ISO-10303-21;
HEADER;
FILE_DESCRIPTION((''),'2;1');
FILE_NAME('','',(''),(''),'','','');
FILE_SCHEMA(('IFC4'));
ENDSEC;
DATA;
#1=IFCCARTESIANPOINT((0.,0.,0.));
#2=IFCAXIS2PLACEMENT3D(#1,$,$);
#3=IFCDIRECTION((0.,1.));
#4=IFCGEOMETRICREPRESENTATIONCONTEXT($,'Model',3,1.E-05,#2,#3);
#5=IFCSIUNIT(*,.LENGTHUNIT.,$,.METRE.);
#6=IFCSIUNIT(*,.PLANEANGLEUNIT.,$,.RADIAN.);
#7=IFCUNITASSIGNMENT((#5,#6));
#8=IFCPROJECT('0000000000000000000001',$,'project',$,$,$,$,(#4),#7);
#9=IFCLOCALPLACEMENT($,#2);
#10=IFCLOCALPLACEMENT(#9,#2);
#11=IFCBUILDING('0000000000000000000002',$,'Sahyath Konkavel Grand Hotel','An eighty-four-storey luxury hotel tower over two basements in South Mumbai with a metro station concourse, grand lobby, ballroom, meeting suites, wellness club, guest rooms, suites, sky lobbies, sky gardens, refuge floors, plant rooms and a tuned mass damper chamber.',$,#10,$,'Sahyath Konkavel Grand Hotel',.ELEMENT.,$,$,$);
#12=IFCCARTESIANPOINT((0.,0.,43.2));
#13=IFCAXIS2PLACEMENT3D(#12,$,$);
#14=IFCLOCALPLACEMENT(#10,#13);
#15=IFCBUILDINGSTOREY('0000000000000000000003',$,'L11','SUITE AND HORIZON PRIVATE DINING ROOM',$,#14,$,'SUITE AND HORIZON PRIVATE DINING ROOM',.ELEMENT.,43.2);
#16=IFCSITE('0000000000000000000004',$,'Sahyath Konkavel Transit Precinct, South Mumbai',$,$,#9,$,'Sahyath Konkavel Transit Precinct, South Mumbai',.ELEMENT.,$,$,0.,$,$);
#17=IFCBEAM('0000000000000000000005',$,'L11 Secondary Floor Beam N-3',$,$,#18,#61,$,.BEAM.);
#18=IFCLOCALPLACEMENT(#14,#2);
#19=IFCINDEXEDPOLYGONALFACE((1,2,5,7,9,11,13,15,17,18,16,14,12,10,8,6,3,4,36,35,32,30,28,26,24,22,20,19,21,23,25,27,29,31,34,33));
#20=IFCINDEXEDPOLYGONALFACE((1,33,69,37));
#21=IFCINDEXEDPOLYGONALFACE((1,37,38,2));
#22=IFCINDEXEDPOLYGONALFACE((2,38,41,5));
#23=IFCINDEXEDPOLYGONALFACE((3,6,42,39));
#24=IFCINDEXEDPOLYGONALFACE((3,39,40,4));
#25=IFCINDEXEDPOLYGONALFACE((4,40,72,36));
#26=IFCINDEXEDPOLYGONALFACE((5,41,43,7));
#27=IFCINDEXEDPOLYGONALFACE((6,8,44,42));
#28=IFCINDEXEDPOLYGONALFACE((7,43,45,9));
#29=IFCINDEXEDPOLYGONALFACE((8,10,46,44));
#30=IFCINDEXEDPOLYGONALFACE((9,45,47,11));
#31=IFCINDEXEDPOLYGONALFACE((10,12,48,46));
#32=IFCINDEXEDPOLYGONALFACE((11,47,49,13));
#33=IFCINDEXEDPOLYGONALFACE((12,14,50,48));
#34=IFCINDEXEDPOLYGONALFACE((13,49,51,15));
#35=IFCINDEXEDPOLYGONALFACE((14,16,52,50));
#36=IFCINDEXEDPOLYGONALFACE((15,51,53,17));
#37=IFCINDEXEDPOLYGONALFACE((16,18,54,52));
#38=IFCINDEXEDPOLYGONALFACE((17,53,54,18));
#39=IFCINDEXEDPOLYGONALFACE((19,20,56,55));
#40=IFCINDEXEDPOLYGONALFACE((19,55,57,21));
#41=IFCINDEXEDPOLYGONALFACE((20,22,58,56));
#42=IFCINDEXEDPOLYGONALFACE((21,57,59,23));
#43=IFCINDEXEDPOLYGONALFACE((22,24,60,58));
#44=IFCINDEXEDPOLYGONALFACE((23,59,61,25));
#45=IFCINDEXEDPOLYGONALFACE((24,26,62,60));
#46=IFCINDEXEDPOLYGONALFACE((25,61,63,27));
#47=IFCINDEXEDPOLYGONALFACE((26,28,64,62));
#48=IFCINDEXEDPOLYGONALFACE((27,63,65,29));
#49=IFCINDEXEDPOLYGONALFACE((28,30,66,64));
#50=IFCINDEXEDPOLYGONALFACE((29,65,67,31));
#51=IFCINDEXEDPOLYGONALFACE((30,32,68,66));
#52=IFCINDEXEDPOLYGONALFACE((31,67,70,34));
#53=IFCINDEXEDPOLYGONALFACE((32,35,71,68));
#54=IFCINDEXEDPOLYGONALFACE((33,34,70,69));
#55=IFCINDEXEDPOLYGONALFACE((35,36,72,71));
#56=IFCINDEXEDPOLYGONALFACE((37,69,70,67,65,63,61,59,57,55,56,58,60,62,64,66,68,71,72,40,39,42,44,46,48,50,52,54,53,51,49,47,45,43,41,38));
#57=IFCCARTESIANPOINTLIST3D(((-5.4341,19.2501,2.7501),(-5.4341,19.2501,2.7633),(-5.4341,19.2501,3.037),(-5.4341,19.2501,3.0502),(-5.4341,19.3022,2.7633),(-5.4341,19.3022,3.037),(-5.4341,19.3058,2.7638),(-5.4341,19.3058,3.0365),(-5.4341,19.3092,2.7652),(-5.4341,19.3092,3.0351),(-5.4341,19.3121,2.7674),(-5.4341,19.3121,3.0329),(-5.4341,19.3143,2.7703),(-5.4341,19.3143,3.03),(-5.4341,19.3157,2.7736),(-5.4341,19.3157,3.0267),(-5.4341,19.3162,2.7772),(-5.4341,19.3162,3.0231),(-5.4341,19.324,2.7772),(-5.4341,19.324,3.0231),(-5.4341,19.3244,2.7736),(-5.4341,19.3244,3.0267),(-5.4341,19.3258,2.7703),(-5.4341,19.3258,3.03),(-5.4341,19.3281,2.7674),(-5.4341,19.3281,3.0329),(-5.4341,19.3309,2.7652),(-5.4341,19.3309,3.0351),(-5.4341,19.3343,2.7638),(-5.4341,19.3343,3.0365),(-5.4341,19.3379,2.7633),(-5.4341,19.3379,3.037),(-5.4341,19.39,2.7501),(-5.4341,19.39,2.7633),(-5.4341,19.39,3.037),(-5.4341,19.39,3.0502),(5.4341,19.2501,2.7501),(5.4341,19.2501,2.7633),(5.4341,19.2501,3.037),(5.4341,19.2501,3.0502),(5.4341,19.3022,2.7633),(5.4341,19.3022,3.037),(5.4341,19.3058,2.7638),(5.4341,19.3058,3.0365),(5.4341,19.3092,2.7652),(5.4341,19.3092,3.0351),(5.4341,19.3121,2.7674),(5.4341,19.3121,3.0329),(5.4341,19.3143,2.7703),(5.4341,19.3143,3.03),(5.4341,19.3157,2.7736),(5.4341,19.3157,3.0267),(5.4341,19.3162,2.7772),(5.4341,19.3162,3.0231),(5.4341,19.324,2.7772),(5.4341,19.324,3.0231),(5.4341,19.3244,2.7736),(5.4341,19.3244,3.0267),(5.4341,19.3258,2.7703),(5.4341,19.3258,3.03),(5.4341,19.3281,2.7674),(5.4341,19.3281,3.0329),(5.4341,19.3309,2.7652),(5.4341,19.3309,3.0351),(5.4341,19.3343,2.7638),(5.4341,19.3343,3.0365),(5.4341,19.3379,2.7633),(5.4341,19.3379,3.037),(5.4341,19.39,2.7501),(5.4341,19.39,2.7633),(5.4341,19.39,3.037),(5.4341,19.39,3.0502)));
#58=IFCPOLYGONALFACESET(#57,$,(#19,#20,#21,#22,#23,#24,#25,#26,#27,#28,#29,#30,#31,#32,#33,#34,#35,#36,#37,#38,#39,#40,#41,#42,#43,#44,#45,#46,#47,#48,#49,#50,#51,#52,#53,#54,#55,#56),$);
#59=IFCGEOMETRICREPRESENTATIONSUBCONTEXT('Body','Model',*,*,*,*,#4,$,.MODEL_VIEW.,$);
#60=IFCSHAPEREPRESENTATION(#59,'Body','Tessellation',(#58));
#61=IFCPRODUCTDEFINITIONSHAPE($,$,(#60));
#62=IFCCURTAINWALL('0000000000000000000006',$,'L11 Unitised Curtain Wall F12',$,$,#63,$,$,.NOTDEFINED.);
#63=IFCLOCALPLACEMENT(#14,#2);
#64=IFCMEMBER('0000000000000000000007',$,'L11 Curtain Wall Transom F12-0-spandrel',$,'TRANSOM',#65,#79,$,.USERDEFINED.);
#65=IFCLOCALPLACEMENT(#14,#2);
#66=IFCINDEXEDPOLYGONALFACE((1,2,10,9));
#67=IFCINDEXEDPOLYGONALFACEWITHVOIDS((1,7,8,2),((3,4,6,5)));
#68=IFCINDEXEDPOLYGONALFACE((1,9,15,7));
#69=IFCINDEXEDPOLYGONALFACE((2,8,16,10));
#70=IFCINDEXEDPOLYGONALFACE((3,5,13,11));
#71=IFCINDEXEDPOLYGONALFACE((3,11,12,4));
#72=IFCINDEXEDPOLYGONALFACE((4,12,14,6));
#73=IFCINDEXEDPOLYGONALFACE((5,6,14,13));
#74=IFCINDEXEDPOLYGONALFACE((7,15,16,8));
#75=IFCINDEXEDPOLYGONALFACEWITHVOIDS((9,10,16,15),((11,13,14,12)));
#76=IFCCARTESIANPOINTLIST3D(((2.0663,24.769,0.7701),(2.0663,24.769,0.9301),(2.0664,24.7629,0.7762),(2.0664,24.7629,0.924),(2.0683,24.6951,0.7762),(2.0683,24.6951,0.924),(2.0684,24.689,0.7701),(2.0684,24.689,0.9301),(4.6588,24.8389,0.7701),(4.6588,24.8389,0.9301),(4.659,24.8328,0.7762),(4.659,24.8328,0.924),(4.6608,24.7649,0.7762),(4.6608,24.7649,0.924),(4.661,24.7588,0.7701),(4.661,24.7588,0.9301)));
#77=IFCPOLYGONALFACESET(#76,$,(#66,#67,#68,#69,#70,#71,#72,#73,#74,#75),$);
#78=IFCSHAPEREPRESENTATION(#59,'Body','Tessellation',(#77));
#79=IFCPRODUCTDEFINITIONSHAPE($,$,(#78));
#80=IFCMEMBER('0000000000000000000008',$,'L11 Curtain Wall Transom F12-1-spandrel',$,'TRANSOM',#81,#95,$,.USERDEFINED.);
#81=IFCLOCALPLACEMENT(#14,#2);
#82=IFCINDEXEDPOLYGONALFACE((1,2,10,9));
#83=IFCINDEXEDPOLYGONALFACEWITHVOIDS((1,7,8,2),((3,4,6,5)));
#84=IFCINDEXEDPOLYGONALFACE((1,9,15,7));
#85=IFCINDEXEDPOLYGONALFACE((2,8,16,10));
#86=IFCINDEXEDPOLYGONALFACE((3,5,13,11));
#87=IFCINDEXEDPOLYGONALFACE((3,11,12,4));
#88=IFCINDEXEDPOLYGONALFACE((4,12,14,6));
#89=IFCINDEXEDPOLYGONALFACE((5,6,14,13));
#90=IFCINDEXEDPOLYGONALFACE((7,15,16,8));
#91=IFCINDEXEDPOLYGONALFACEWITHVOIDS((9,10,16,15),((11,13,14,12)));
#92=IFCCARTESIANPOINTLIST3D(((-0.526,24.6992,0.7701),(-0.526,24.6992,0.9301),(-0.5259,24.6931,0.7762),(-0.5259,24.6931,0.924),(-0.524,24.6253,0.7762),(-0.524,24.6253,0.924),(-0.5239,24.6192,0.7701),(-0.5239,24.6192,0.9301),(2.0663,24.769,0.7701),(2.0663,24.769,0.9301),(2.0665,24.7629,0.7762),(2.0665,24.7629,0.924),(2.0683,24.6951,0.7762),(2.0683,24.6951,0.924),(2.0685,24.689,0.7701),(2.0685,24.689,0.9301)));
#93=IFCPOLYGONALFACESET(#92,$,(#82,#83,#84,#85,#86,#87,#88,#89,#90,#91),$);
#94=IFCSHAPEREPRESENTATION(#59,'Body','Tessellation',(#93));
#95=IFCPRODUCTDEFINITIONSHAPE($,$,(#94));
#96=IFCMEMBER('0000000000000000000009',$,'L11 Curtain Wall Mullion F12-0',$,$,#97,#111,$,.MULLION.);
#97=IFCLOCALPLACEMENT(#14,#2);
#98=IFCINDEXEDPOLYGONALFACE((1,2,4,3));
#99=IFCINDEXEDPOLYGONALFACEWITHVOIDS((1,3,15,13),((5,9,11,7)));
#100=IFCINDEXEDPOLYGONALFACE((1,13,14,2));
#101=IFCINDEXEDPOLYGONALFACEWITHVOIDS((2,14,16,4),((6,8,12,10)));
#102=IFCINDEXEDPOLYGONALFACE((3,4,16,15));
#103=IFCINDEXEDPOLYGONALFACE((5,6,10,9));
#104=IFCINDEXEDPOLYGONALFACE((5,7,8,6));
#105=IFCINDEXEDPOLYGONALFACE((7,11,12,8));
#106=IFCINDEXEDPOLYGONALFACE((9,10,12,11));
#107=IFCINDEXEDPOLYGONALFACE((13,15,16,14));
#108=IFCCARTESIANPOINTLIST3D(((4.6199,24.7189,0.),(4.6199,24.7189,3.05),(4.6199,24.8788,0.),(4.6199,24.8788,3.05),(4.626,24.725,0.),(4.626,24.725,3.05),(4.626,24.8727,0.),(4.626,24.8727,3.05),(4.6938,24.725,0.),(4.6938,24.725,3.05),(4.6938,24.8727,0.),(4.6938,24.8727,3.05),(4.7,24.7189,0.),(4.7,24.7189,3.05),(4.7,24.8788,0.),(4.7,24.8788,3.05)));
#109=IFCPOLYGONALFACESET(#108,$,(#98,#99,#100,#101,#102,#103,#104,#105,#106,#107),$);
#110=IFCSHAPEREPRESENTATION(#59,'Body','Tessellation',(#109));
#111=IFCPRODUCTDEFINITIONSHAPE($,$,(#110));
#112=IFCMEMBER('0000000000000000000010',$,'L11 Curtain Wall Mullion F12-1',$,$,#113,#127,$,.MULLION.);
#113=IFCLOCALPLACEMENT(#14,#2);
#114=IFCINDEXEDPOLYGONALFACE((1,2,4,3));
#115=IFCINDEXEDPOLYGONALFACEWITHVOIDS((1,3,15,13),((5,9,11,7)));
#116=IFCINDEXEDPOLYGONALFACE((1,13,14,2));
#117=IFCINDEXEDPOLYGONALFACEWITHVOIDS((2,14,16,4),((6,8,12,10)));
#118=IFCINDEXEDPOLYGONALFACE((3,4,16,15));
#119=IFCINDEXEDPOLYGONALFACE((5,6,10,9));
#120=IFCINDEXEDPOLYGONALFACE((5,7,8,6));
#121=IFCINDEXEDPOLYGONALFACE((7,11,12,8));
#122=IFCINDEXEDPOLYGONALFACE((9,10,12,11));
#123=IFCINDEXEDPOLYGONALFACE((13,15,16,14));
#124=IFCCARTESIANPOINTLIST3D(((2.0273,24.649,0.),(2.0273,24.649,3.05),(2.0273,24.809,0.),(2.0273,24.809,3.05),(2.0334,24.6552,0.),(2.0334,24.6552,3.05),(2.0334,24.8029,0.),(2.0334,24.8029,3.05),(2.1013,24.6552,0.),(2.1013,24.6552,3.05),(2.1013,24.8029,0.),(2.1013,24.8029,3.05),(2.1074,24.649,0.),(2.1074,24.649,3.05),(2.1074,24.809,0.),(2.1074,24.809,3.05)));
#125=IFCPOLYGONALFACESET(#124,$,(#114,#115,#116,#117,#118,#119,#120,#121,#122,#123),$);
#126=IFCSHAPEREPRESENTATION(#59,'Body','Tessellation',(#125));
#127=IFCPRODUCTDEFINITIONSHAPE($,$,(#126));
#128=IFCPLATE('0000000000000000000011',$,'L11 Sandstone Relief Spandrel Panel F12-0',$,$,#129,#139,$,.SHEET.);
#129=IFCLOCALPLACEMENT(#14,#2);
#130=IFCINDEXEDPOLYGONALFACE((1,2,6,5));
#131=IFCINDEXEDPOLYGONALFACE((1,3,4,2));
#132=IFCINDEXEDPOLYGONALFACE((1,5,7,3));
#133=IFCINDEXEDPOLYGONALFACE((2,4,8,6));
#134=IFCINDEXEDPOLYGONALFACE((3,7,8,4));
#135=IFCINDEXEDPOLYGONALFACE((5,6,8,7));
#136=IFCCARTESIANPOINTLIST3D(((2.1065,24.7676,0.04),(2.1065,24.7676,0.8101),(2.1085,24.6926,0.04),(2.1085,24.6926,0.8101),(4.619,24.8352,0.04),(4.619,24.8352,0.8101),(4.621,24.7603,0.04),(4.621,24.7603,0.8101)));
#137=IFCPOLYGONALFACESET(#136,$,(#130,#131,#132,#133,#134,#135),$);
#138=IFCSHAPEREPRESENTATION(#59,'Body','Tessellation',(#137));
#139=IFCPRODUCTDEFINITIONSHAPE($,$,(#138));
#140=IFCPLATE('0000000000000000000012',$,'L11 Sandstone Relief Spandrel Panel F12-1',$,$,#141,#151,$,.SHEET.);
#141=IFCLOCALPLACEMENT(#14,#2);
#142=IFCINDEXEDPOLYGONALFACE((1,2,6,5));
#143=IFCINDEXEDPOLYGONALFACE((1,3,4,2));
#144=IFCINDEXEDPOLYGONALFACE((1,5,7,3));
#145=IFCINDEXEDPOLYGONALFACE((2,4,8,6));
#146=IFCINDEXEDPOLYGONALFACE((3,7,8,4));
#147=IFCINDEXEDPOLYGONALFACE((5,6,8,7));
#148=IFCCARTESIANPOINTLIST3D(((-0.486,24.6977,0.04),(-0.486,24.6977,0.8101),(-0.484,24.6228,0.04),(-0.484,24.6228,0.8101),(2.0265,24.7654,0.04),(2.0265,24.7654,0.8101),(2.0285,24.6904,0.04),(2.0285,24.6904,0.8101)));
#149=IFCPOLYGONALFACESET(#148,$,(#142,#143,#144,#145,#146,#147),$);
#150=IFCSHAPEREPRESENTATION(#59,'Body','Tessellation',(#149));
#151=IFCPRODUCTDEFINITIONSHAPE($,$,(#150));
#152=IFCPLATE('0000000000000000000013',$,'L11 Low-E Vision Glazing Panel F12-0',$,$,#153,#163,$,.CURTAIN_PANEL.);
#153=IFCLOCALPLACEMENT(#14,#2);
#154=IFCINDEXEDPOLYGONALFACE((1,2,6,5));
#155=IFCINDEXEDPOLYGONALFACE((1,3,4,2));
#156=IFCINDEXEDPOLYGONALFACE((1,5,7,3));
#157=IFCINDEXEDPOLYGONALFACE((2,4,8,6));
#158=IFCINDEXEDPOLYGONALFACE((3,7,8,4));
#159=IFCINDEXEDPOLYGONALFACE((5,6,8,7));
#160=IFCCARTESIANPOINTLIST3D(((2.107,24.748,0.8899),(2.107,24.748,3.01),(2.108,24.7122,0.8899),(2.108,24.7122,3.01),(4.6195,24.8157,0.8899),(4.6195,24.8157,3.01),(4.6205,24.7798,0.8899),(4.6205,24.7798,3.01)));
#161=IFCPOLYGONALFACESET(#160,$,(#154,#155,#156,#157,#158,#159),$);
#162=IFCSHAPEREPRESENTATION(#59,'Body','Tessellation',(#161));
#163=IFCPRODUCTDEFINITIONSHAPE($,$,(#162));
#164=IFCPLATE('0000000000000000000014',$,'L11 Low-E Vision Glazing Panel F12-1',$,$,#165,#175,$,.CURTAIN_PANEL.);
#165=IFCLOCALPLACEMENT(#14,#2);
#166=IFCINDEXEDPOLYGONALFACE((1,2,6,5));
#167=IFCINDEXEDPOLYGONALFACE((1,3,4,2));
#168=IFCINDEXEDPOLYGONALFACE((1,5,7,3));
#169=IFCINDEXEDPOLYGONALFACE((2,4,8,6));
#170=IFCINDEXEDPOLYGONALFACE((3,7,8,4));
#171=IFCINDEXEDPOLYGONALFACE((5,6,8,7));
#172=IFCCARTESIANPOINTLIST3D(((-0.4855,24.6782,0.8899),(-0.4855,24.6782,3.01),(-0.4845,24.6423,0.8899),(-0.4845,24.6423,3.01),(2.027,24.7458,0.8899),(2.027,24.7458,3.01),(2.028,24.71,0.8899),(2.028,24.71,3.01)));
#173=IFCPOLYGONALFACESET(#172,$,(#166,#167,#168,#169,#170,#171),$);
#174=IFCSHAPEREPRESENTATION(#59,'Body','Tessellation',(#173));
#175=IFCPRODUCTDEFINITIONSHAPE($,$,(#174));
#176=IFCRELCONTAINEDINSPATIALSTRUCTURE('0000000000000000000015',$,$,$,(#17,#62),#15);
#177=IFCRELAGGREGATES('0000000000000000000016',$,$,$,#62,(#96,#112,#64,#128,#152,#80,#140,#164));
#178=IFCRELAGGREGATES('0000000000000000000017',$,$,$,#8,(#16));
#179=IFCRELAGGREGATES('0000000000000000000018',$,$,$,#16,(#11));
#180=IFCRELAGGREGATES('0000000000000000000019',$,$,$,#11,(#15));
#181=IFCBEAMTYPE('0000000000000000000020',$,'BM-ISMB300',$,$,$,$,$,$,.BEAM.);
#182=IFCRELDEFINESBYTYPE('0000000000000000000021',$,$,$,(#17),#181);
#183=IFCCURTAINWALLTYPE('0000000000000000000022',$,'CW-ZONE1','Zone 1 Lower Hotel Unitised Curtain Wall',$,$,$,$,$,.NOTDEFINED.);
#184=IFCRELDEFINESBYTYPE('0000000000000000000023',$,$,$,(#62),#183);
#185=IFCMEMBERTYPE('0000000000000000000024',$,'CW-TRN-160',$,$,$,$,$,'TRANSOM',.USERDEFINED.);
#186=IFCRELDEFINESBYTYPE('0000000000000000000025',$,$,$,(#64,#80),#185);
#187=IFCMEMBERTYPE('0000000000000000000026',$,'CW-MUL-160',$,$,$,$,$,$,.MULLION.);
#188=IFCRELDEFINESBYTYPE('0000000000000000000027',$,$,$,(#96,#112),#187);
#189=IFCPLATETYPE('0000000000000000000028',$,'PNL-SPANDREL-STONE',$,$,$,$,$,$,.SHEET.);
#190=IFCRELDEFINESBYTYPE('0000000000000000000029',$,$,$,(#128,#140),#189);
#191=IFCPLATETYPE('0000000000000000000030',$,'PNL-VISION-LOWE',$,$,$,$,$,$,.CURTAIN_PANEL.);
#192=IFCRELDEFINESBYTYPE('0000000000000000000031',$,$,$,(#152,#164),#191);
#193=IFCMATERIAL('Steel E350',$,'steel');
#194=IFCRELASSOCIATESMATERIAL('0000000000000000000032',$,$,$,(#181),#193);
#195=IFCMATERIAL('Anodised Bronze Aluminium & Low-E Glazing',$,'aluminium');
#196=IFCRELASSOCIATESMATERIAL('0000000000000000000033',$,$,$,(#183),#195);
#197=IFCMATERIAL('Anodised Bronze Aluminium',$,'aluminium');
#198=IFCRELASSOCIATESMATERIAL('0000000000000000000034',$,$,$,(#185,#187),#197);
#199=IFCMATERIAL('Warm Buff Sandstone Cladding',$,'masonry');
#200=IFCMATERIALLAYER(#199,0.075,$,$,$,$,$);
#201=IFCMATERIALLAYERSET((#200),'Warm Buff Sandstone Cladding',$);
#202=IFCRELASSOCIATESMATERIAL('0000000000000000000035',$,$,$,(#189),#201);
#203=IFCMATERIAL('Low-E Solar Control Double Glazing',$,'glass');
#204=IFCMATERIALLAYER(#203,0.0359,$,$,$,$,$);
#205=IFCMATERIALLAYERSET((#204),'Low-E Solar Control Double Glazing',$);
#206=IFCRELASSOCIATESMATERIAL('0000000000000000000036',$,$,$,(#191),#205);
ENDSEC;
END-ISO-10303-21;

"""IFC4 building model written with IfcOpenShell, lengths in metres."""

from ifc_helpers import new_model, si_unit, direction, frame, origin, origin_2d, place, context, subcontext, project, spatial, rectangle, hollow_rectangle, i_section, extrude, source, transform, mapped, material, layer, layer_set, material_profile, profile_set, type_object, element, aggregate, save


model = new_model("IFC4")

# Units and contexts
model_context = context("Model", 3, precision=1e-05, world=origin(), true_north=direction((0.0, 1.0)))
body_context = subcontext(model_context, "Body", "Model", "MODEL_VIEW")
ifc_project = project(units=[si_unit("LENGTHUNIT", "METRE"), si_unit("PLANEANGLEUNIT", "RADIAN")], contexts=[model_context])

# Site, building, storey
site_placement = place(None, origin())
site = spatial("IfcSite", under=ifc_project, at=site_placement, Name="Sahyath Konkavel Transit Precinct, South Mumbai", LongName="Sahyath Konkavel Transit Precinct, South Mumbai", CompositionType="ELEMENT", RefElevation=0.0)
building_placement = place(site_placement, origin())
building = spatial("IfcBuilding", under=site, at=building_placement, Name="Sahyath Konkavel Grand Hotel", Description="An eighty-four-storey luxury hotel tower over two basements in South Mumbai with a metro station concourse, grand lobby, ballroom, meeting suites, wellness club, guest rooms, suites, sky lobbies, sky gardens, refuge floors, plant rooms and a tuned mass damper chamber.", LongName="Sahyath Konkavel Grand Hotel", CompositionType="ELEMENT")
storey_placement = place(building_placement, frame((0.0, 0.0, 43.2)))
storey = spatial("IfcBuildingStorey", under=building, at=storey_placement, Name="L11", Description="SUITE AND HORIZON PRIVATE DINING ROOM", LongName="SUITE AND HORIZON PRIVATE DINING ROOM", CompositionType="ELEMENT", Elevation=43.2)

# Beam
ifc_material_1 = material(Name="Steel E350", Category="steel")
ifc_material_profile_1 = material_profile(ifc_material_1, i_section(OverallWidth=0.1399, OverallDepth=0.3, WebThickness=0.0078, FlangeThickness=0.0132, FilletRadius=0.0139, at=origin_2d()), Name="ISMB 300")
ifc_profile_set_1 = profile_set([ifc_material_profile_1], Name="Steel E350")
beam_type_1 = type_object("IfcBeamType", Name="BM-ISMB300", PredefinedType="BEAM", material=ifc_profile_set_1)
shared_shape_1 = source(origin(), body_context, "Body", "SweptSolid", [
    extrude(i_section(OverallWidth=0.1399, OverallDepth=0.3, WebThickness=0.0078, FlangeThickness=0.0132, FilletRadius=0.0139, at=origin_2d()), origin(), (0.0, 0.0, 1.0), 10.8682),
])
beam_1_placement = place(storey_placement, frame((5.4341, 19.3201, 2.9001), z_axis=(-1.0, 0.0, 0.0), x_axis=(0.0, -1.0, 0.0)))
element("IfcBeam", 1, at=beam_1_placement, inside=storey, type_object=beam_type_1, Name="L11 Secondary Floor Beam N-3", PredefinedType="BEAM", context=body_context, shape_type="MappedRepresentation", body=[
    mapped(shared_shape_1, transform((0.0, 0.0, 0.0), scale=1.0)),
])

# Curtain wall, members, plates
ifc_material_2 = material(Name="Anodised Bronze Aluminium & Low-E Glazing", Category="aluminium")
curtain_wall_type = type_object("IfcCurtainWallType", Name="CW-ZONE1", Description="Zone 1 Lower Hotel Unitised Curtain Wall", PredefinedType="NOTDEFINED", material=ifc_material_2)
curtain_wall_placement = place(storey_placement, origin())
curtain_wall = element("IfcCurtainWall", 2, at=curtain_wall_placement, inside=storey, type_object=curtain_wall_type, Name="L11 Unitised Curtain Wall F12", PredefinedType="NOTDEFINED")
ifc_material_3 = material(Name="Anodised Bronze Aluminium", Category="aluminium")
ifc_material_profile_2 = material_profile(ifc_material_3, hollow_rectangle(XDim=0.0801, YDim=0.1599, WallThickness=0.0061, at=origin_2d()), Name="RHS 160x80x6")
ifc_profile_set_2 = profile_set([ifc_material_profile_2], Name="Anodised Bronze Aluminium")
member_type_1 = type_object("IfcMemberType", Name="CW-TRN-160", ElementType="TRANSOM", PredefinedType="USERDEFINED", material=ifc_profile_set_2)
shared_shape_2 = source(origin(), body_context, "Body", "SweptSolid", [
    extrude(hollow_rectangle(XDim=0.0801, YDim=0.1599, WallThickness=0.0061, at=origin_2d()), origin(), (0.0, 0.0, 1.0), 2.5935),
])
member_1_placement = place(storey_placement, frame((4.6599, 24.7988, 0.8501), z_axis=(-0.999638, -0.026923, 0.0), x_axis=(0.026923, -0.999638, 0.0)))
member_1 = element("IfcMember", 3, at=member_1_placement, type_object=member_type_1, Name="L11 Curtain Wall Transom F12-0-spandrel", ObjectType="TRANSOM", PredefinedType="USERDEFINED", context=body_context, shape_type="MappedRepresentation", body=[
    mapped(shared_shape_2, transform((0.0, 0.0, 0.0), scale=1.0)),
])
shared_shape_3 = source(origin(), body_context, "Body", "SweptSolid", [
    extrude(hollow_rectangle(XDim=0.0801, YDim=0.1599, WallThickness=0.0061, at=origin_2d()), origin(), (0.0, 0.0, 1.0), 2.5933),
])
member_2_placement = place(storey_placement, frame((2.0674, 24.729, 0.8501), z_axis=(-0.999637, -0.026926, 0.0), x_axis=(0.026926, -0.999637, 0.0)))
member_2 = element("IfcMember", 4, at=member_2_placement, type_object=member_type_1, Name="L11 Curtain Wall Transom F12-1-spandrel", ObjectType="TRANSOM", PredefinedType="USERDEFINED", context=body_context, shape_type="MappedRepresentation", body=[
    mapped(shared_shape_3, transform((0.0, 0.0, 0.0), scale=1.0)),
])
ifc_material_profile_3 = material_profile(ifc_material_3, hollow_rectangle(XDim=0.0801, YDim=0.1599, WallThickness=0.0061, at=origin_2d()), Name="RHS 160x80x6")
ifc_profile_set_3 = profile_set([ifc_material_profile_3], Name="Anodised Bronze Aluminium")
member_type_2 = type_object("IfcMemberType", Name="CW-MUL-160", PredefinedType="MULLION", material=ifc_profile_set_3)
shared_shape_4 = source(origin(), body_context, "Body", "SweptSolid", [
    extrude(hollow_rectangle(XDim=0.0801, YDim=0.1599, WallThickness=0.0061, at=origin_2d()), origin(), (0.0, 0.0, 1.0), 3.05),
])
member_3_placement = place(storey_placement, frame((4.6599, 24.7988, 0.0), z_axis=(0.0, 0.0, 1.0), x_axis=(1.0, 0.0, 0.0)))
member_3 = element("IfcMember", 5, at=member_3_placement, type_object=member_type_2, Name="L11 Curtain Wall Mullion F12-0", PredefinedType="MULLION", context=body_context, shape_type="MappedRepresentation", body=[
    mapped(shared_shape_4, transform((0.0, 0.0, 0.0), scale=1.0)),
])
member_4_placement = place(storey_placement, frame((2.0674, 24.729, 0.0), z_axis=(0.0, 0.0, 1.0), x_axis=(1.0, 0.0, 0.0)))
member_4 = element("IfcMember", 6, at=member_4_placement, type_object=member_type_2, Name="L11 Curtain Wall Mullion F12-1", PredefinedType="MULLION", context=body_context, shape_type="MappedRepresentation", body=[
    mapped(shared_shape_4, transform((0.0, 0.0, 0.0), scale=1.0)),
])
ifc_material_4 = material(Name="Warm Buff Sandstone Cladding", Category="masonry")
ifc_layer_1 = layer(ifc_material_4, 0.075)
ifc_layer_set_1 = layer_set([ifc_layer_1], Name="Warm Buff Sandstone Cladding")
plate_type_1 = type_object("IfcPlateType", Name="PNL-SPANDREL-STONE", PredefinedType="SHEET", material=ifc_layer_set_1)
shared_shape_5 = source(origin(), body_context, "Body", "SweptSolid", [
    extrude(rectangle(XDim=2.5134, YDim=0.075, at=origin_2d()), origin(), (0.0, 0.0, 1.0), 0.77),
])
plate_1_placement = place(storey_placement, frame((3.3638, 24.7639, 0.04), z_axis=(0.0, 0.0, 1.0), x_axis=(-0.999638, -0.02691, 0.0)))
plate_1 = element("IfcPlate", 7, at=plate_1_placement, type_object=plate_type_1, Name="L11 Sandstone Relief Spandrel Panel F12-0", PredefinedType="SHEET", context=body_context, shape_type="MappedRepresentation", body=[
    mapped(shared_shape_5, transform((0.0, 0.0, 0.0), scale=1.0)),
])
plate_2_placement = place(storey_placement, frame((0.7712, 24.6941, 0.04), z_axis=(0.0, 0.0, 1.0), x_axis=(-0.999638, -0.02691, 0.0)))
plate_2 = element("IfcPlate", 8, at=plate_2_placement, type_object=plate_type_1, Name="L11 Sandstone Relief Spandrel Panel F12-1", PredefinedType="SHEET", context=body_context, shape_type="MappedRepresentation", body=[
    mapped(shared_shape_5, transform((0.0, 0.0, 0.0), scale=1.0)),
])
ifc_material_5 = material(Name="Low-E Solar Control Double Glazing", Category="glass")
ifc_layer_2 = layer(ifc_material_5, 0.0359)
ifc_layer_set_2 = layer_set([ifc_layer_2], Name="Low-E Solar Control Double Glazing")
plate_type_2 = type_object("IfcPlateType", Name="PNL-VISION-LOWE", PredefinedType="CURTAIN_PANEL", material=ifc_layer_set_2)
shared_shape_6 = source(origin(), body_context, "Body", "SweptSolid", [
    extrude(rectangle(XDim=2.5134, YDim=0.0359, at=origin_2d()), origin(), (0.0, 0.0, 1.0), 2.1201),
])
plate_3_placement = place(storey_placement, frame((3.3638, 24.7639, 0.8899), z_axis=(0.0, 0.0, 1.0), x_axis=(-0.999638, -0.02691, 0.0)))
plate_3 = element("IfcPlate", 9, at=plate_3_placement, type_object=plate_type_2, Name="L11 Low-E Vision Glazing Panel F12-0", PredefinedType="CURTAIN_PANEL", context=body_context, shape_type="MappedRepresentation", body=[
    mapped(shared_shape_6, transform((0.0, 0.0, 0.0), scale=1.0)),
])
plate_4_placement = place(storey_placement, frame((0.7712, 24.6941, 0.8899), z_axis=(0.0, 0.0, 1.0), x_axis=(-0.999638, -0.02691, 0.0)))
plate_4 = element("IfcPlate", 10, at=plate_4_placement, type_object=plate_type_2, Name="L11 Low-E Vision Glazing Panel F12-1", PredefinedType="CURTAIN_PANEL", context=body_context, shape_type="MappedRepresentation", body=[
    mapped(shared_shape_6, transform((0.0, 0.0, 0.0), scale=1.0)),
])
aggregate(curtain_wall, [member_3, member_4, member_1, plate_1, plate_3, member_2, plate_2, plate_4])

save(model, "model.ifc")
